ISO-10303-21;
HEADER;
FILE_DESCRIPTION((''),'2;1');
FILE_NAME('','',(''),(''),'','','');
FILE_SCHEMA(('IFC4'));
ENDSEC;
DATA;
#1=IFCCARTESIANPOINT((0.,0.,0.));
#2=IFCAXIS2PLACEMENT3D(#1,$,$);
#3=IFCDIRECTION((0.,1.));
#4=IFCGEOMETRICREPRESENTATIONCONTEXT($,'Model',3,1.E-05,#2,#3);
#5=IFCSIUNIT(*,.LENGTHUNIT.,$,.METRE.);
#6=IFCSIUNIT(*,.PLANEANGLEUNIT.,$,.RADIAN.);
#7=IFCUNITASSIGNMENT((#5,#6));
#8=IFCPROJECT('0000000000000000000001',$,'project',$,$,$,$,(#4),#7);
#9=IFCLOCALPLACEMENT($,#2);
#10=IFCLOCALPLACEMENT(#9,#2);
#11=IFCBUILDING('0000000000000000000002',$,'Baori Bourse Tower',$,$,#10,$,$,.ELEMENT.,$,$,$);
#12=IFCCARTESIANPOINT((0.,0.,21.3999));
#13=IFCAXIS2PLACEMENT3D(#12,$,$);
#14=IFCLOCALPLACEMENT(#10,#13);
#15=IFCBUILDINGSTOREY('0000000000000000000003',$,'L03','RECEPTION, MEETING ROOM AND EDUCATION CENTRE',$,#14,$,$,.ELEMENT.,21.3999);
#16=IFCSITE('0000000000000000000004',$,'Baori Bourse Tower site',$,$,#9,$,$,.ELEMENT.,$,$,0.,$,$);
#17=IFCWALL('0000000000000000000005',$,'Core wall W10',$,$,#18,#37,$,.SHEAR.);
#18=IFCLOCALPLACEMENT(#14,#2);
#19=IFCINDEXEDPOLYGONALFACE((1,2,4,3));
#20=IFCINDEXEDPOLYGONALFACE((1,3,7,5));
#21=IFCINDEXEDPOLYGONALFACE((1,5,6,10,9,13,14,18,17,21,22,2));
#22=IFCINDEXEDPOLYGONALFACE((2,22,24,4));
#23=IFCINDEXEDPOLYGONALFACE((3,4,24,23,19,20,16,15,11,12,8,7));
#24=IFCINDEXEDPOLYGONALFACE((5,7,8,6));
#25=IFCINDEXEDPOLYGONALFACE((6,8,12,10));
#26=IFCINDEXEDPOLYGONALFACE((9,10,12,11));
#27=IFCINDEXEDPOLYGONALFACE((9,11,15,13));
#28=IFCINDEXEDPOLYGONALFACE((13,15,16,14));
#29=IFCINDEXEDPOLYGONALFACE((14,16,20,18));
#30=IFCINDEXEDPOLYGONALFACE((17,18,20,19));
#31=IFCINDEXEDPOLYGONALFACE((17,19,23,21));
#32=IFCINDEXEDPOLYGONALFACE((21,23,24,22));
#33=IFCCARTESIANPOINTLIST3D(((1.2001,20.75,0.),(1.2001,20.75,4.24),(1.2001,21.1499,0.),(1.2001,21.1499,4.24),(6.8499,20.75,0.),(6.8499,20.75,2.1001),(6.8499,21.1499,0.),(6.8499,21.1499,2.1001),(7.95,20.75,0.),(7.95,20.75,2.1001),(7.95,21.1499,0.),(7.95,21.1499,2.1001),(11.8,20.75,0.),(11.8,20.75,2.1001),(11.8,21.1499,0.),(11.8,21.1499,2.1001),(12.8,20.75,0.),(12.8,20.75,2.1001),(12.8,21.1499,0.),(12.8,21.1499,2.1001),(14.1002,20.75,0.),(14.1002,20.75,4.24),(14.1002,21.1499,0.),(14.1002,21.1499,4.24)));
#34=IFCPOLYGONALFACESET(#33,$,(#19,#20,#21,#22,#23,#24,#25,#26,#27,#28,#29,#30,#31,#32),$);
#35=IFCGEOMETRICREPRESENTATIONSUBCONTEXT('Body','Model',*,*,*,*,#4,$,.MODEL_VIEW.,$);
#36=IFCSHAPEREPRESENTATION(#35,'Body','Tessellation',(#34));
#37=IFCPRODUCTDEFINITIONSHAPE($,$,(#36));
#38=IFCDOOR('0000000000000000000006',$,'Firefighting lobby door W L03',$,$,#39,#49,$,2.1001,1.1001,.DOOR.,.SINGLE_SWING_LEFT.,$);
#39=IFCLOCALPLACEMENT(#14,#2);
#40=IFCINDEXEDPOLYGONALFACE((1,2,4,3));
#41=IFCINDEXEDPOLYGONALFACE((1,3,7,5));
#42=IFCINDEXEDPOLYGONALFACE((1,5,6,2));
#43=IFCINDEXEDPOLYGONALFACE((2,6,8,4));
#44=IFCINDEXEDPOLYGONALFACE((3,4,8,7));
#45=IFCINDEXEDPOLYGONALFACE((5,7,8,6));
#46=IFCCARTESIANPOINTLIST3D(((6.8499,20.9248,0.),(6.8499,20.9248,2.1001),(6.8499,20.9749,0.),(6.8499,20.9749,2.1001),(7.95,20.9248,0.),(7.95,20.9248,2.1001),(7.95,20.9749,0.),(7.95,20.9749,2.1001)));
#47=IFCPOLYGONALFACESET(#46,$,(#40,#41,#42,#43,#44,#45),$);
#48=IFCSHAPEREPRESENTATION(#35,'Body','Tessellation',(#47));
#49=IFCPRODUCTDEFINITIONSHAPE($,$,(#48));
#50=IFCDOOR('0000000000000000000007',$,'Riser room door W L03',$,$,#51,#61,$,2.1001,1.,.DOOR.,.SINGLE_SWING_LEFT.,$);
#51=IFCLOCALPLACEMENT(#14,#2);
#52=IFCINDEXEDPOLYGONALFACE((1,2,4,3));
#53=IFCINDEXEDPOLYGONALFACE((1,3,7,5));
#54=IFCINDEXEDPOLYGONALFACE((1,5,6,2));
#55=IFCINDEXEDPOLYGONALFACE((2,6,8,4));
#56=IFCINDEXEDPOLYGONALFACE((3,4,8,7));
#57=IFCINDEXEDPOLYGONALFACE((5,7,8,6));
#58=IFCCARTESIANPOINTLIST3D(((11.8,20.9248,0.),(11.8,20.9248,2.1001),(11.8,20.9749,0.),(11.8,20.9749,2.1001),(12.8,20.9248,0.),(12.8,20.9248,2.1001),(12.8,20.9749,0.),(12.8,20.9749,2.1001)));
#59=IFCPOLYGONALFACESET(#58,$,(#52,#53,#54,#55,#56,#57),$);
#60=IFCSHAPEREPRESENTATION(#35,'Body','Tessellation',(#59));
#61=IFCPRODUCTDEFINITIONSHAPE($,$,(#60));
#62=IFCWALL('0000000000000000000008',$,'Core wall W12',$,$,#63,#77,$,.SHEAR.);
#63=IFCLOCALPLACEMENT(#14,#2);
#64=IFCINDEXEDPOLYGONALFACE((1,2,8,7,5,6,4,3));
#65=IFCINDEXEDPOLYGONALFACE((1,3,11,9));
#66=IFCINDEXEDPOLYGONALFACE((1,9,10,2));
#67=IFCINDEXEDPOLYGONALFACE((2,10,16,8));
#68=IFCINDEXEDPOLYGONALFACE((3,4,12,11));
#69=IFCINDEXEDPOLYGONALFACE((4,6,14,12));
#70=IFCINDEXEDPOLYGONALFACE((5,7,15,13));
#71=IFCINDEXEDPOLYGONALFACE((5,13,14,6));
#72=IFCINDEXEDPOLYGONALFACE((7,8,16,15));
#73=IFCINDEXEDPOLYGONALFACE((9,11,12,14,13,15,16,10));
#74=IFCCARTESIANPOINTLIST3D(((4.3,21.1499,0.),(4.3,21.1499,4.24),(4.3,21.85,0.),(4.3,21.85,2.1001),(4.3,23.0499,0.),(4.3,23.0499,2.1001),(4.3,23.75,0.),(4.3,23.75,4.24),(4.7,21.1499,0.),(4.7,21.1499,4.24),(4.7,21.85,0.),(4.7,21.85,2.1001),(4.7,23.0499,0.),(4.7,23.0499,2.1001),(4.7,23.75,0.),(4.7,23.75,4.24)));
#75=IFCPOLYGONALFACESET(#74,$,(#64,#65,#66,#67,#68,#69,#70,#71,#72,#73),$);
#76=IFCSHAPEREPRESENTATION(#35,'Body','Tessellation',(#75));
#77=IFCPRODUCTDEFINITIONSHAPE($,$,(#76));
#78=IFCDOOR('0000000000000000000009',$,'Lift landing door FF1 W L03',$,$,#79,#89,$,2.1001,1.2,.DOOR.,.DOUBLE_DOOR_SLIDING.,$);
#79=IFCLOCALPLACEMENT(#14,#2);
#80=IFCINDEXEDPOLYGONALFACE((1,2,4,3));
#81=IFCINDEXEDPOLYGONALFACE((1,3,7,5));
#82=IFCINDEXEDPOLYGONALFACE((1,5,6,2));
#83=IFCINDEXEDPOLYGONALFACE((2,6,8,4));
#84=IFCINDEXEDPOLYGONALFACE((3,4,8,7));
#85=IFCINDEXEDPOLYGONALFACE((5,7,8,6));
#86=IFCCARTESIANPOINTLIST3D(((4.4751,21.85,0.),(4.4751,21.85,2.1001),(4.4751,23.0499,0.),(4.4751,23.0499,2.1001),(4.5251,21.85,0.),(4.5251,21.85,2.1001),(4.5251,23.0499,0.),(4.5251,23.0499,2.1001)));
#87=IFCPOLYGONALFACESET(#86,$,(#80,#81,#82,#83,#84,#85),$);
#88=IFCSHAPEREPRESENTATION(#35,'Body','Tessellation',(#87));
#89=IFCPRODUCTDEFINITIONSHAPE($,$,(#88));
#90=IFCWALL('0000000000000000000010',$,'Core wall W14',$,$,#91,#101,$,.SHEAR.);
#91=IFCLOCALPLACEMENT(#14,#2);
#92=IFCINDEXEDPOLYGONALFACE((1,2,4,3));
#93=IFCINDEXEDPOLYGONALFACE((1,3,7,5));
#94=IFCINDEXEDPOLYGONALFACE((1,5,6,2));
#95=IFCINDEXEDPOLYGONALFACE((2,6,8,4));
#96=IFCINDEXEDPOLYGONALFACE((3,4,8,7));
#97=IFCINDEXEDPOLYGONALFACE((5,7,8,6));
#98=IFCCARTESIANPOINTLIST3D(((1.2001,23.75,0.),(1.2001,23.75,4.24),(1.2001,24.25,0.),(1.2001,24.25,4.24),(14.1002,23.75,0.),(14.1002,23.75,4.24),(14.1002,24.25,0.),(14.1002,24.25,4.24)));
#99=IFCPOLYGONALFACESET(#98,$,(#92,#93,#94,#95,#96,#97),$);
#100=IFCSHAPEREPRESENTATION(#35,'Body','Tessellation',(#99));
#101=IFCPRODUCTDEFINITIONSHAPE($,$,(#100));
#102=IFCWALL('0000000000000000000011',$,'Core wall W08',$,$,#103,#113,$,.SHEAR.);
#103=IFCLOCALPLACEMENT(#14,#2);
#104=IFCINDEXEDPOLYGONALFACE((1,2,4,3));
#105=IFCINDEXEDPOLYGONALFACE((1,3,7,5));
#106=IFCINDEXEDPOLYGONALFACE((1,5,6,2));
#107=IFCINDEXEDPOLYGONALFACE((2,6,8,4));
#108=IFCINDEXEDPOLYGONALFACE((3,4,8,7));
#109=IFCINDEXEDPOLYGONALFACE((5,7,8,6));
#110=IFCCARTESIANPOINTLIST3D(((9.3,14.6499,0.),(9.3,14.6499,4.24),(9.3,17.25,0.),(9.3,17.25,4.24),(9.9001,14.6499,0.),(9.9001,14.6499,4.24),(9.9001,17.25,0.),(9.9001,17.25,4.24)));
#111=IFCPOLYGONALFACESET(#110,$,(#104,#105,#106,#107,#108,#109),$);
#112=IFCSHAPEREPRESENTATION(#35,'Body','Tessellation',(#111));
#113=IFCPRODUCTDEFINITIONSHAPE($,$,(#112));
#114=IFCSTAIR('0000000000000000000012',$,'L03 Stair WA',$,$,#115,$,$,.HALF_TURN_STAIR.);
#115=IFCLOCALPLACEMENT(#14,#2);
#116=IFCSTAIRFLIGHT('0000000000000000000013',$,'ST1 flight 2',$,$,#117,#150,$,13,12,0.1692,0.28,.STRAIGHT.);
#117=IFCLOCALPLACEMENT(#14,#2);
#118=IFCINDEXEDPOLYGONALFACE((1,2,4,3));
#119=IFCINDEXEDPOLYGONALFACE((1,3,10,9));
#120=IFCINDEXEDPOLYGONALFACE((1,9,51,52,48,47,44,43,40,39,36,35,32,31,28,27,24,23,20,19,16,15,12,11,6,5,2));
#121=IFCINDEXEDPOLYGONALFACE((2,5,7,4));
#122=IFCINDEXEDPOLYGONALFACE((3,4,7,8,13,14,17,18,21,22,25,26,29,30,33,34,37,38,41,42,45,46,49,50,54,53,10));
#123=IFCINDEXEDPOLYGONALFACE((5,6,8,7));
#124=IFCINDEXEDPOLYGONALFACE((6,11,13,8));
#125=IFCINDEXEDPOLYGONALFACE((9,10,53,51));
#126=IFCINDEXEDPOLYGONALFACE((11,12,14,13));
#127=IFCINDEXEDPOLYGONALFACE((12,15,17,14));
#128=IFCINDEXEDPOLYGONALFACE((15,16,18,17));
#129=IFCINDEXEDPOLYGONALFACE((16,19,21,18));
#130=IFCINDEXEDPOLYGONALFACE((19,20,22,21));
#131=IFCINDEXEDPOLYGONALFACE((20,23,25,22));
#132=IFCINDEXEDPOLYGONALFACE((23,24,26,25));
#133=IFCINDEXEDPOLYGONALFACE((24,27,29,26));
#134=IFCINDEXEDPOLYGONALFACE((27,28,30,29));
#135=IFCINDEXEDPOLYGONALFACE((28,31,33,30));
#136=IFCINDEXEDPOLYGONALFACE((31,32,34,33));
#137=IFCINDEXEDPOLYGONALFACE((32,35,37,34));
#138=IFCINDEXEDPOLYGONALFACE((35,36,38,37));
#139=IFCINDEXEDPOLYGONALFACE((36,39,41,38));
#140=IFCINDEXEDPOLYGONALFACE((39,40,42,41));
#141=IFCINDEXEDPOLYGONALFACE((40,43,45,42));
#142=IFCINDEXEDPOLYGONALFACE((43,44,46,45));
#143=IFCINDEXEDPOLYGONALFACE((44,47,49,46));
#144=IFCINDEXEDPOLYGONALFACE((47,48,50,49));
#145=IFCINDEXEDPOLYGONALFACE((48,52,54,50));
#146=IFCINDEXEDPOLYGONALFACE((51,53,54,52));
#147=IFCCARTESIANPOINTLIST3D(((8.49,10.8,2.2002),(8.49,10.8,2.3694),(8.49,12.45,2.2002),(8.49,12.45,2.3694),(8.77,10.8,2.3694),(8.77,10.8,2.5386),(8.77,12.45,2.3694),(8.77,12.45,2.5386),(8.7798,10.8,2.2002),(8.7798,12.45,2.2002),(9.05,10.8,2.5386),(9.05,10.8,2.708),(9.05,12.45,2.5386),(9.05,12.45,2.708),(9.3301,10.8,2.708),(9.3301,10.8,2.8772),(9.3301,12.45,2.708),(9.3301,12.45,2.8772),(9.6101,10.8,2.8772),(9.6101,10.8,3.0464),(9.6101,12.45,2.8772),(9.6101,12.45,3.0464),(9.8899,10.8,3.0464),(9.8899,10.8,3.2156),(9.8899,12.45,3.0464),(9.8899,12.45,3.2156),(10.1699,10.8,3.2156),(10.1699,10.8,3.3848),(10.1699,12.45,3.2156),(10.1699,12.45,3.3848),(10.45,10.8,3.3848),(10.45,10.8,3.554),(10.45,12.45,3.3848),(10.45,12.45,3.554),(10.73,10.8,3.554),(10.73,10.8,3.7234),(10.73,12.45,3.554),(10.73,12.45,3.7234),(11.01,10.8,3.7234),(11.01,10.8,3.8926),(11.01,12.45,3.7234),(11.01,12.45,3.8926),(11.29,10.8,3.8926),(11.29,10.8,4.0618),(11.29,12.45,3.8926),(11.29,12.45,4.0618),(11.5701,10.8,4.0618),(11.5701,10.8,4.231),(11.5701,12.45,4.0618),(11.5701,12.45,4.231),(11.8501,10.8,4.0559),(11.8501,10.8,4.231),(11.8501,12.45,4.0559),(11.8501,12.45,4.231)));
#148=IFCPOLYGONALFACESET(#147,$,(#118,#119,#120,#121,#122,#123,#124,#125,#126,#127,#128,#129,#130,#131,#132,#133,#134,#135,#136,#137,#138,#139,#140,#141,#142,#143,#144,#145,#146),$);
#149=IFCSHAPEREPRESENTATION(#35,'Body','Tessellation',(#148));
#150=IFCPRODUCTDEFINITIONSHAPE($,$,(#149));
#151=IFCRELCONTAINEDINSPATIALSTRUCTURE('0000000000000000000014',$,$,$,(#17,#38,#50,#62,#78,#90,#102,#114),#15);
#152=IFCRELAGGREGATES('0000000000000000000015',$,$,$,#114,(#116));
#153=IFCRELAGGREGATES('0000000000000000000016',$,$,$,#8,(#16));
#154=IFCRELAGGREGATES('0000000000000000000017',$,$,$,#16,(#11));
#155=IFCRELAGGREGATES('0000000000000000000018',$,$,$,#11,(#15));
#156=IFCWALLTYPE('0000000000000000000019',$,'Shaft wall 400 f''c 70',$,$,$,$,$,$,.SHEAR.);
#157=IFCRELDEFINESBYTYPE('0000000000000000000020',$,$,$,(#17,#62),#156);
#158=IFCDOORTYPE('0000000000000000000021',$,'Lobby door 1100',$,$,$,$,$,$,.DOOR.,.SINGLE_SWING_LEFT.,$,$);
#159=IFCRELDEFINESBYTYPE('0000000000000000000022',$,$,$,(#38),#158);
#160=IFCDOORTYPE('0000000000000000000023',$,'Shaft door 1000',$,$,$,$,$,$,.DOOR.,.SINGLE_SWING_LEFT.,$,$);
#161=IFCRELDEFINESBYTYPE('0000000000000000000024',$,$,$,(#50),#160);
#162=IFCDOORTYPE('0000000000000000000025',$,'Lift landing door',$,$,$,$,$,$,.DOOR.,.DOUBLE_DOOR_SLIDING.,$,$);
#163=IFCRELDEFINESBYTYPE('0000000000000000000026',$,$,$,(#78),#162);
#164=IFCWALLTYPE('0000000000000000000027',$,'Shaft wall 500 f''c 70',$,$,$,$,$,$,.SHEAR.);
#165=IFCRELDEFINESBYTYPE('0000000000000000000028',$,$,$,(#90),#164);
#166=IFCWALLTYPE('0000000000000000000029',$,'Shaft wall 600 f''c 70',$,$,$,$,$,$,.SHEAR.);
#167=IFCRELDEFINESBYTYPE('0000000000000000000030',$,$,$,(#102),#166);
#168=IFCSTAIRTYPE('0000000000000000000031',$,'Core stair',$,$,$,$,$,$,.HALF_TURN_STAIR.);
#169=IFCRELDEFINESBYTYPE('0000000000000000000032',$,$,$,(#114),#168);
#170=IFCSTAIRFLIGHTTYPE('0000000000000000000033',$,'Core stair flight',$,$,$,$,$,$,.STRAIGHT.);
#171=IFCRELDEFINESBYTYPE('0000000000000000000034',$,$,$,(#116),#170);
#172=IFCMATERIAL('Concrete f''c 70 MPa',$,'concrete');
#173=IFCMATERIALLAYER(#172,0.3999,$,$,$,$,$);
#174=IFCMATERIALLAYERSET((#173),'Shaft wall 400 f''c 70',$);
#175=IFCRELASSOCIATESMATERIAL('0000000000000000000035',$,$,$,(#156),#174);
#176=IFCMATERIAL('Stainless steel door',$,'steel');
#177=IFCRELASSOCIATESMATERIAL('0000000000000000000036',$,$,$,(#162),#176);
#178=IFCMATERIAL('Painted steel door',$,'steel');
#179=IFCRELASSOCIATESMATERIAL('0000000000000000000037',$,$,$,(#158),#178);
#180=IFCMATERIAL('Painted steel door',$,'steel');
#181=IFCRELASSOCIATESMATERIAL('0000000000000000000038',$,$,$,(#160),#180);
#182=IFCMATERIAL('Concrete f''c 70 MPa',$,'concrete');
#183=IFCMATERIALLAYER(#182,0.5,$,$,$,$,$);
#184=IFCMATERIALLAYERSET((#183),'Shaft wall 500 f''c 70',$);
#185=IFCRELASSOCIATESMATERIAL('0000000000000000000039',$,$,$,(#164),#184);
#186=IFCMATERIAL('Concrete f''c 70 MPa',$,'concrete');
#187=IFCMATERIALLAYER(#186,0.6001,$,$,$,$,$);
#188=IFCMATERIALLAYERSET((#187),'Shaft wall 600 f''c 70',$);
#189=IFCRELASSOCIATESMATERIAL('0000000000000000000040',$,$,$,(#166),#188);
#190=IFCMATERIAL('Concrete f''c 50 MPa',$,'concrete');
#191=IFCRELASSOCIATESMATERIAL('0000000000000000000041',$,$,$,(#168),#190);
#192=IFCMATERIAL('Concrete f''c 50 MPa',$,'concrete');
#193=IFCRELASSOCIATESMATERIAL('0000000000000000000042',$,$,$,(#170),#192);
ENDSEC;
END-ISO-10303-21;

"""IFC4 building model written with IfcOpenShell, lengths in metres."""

from ifc_helpers import new_model, si_unit, direction, frame, frame_2d, origin, place, context, subcontext, project, spatial, polyline, rectangle, outline, extrude, material, layer, layer_set, type_object, element, fill, aggregate, save


model = new_model("IFC4")

# Units and contexts
model_context = context("Model", 3, precision=1e-05, world=origin(), true_north=direction((0.0, 1.0)))
body_context = subcontext(model_context, "Body", "Model", "MODEL_VIEW")
ifc_project = project(units=[si_unit("LENGTHUNIT", "METRE"), si_unit("PLANEANGLEUNIT", "RADIAN")], contexts=[model_context])

# Site, building, storey
site_placement = place(None, origin())
site = spatial("IfcSite", under=ifc_project, at=site_placement, Name="Baori Bourse Tower site", CompositionType="ELEMENT", RefElevation=0.0)
building_placement = place(site_placement, origin())
building = spatial("IfcBuilding", under=site, at=building_placement, Name="Baori Bourse Tower", CompositionType="ELEMENT")
storey_placement = place(building_placement, frame((0.0, 0.0, 21.3999)))
storey = spatial("IfcBuildingStorey", under=building, at=storey_placement, Name="L03", Description="RECEPTION, MEETING ROOM AND EDUCATION CENTRE", CompositionType="ELEMENT", Elevation=21.3999)

# Shared definitions
ifc_material_1 = material(Name="Concrete f'c 70 MPa", Category="concrete")
ifc_layer_1 = layer(ifc_material_1, 0.3999)
ifc_layer_set_1 = layer_set([ifc_layer_1], Name="Shaft wall 400 f'c 70")
wall_type_1 = type_object("IfcWallType", Name="Shaft wall 400 f'c 70", PredefinedType="SHEAR", material=ifc_layer_set_1)

# Wall, openings, doors
ifc_material_2 = material(Name="Stainless steel door", Category="steel")
door_type_1 = type_object("IfcDoorType", Name="Lift landing door", OperationType="DOUBLE_DOOR_SLIDING", PredefinedType="DOOR", material=ifc_material_2)
wall_1_placement = place(storey_placement, frame((1.2, 20.95, 0.0), z_axis=(0.0, 0.0, 1.0), x_axis=(1.0, 0.0, 0.0)))
wall_1 = element("IfcWall", 1, at=wall_1_placement, inside=storey, type_object=wall_type_1, Name="Core wall W10", PredefinedType="SHEAR", context=body_context, shape_type="SweptSolid", body=[
    extrude(rectangle(XDim=12.9001, YDim=0.3999, at=frame_2d((6.4502, 0.0))), origin(), (0.0, 0.0, 1.0), 4.24),
])
opening_1_placement = place(wall_1_placement, frame((5.6499, 0.0, 0.0)))
opening_1 = element("IfcOpeningElement", 2, at=opening_1_placement, cuts=wall_1, PredefinedType="OPENING", context=body_context, shape_type="SweptSolid", body=[
    extrude(rectangle(XDim=1.1001, YDim=2.1001, at=frame_2d((0.55, 1.05))), frame((0.0, 0.21, 0.0), z_axis=(0.0, -1.0, 0.0), x_axis=(1.0, 0.0, 0.0)), (0.0, 0.0, 1.0), 0.4199),
])
opening_2_placement = place(wall_1_placement, frame((10.6001, 0.0, 0.0)))
opening_2 = element("IfcOpeningElement", 3, at=opening_2_placement, cuts=wall_1, PredefinedType="OPENING", context=body_context, shape_type="SweptSolid", body=[
    extrude(rectangle(XDim=1.0, YDim=2.1001, at=frame_2d((0.5, 1.05))), frame((0.0, 0.21, 0.0), z_axis=(0.0, -1.0, 0.0), x_axis=(1.0, 0.0, 0.0)), (0.0, 0.0, 1.0), 0.4199),
])
ifc_material_3 = material(Name="Painted steel door", Category="steel")
door_type_2 = type_object("IfcDoorType", Name="Lobby door 1100", OperationType="SINGLE_SWING_LEFT", PredefinedType="DOOR", material=ifc_material_3)
door_1_placement = place(opening_1_placement, origin())
door_1 = element("IfcDoor", 4, at=door_1_placement, inside=storey, type_object=door_type_2, Name="Firefighting lobby door W L03", OperationType="SINGLE_SWING_LEFT", OverallHeight=2.1001, OverallWidth=1.1001, PredefinedType="DOOR", context=body_context, shape_type="SweptSolid", body=[
    extrude(rectangle(XDim=1.1001, YDim=2.1001, at=frame_2d((0.55, 1.05))), frame((0.0, 0.0249, 0.0), z_axis=(0.0, -1.0, 0.0), x_axis=(1.0, 0.0, 0.0)), (0.0, 0.0, 1.0), 0.05),
])
fill(opening_1, door_1)
ifc_material_4 = material(Name="Painted steel door", Category="steel")
door_type_3 = type_object("IfcDoorType", Name="Shaft door 1000", OperationType="SINGLE_SWING_LEFT", PredefinedType="DOOR", material=ifc_material_4)
door_2_placement = place(opening_2_placement, origin())
door_2 = element("IfcDoor", 5, at=door_2_placement, inside=storey, type_object=door_type_3, Name="Riser room door W L03", OperationType="SINGLE_SWING_LEFT", OverallHeight=2.1001, OverallWidth=1.0, PredefinedType="DOOR", context=body_context, shape_type="SweptSolid", body=[
    extrude(rectangle(XDim=1.0, YDim=2.1001, at=frame_2d((0.5, 1.05))), frame((0.0, 0.0249, 0.0), z_axis=(0.0, -1.0, 0.0), x_axis=(1.0, 0.0, 0.0)), (0.0, 0.0, 1.0), 0.05),
])
fill(opening_2, door_2)

# Wall, opening, door
wall_2_placement = place(storey_placement, frame((4.5, 21.1499, 0.0), z_axis=(0.0, 0.0, 1.0), x_axis=(0.0, 1.0, 0.0)))
wall_2 = element("IfcWall", 6, at=wall_2_placement, inside=storey, type_object=wall_type_1, Name="Core wall W12", PredefinedType="SHEAR", context=body_context, shape_type="SweptSolid", body=[
    extrude(rectangle(XDim=2.6001, YDim=0.3999, at=frame_2d((1.3, 0.0))), origin(), (0.0, 0.0, 1.0), 4.24),
])
opening_3_placement = place(wall_2_placement, frame((0.7, 0.0, 0.0)))
opening_3 = element("IfcOpeningElement", 7, at=opening_3_placement, cuts=wall_2, PredefinedType="OPENING", context=body_context, shape_type="SweptSolid", body=[
    extrude(rectangle(XDim=1.2, YDim=2.1001, at=frame_2d((0.6001, 1.05))), frame((0.0, 0.21, 0.0), z_axis=(0.0, -1.0, 0.0), x_axis=(1.0, 0.0, 0.0)), (0.0, 0.0, 1.0), 0.4199),
])
door_3_placement = place(opening_3_placement, origin())
door_3 = element("IfcDoor", 8, at=door_3_placement, inside=storey, type_object=door_type_1, Name="Lift landing door FF1 W L03", OperationType="DOUBLE_DOOR_SLIDING", OverallHeight=2.1001, OverallWidth=1.2, PredefinedType="DOOR", context=body_context, shape_type="SweptSolid", body=[
    extrude(rectangle(XDim=1.2, YDim=2.1001, at=frame_2d((0.6001, 1.05))), frame((0.0, 0.0249, 0.0), z_axis=(0.0, -1.0, 0.0), x_axis=(1.0, 0.0, 0.0)), (0.0, 0.0, 1.0), 0.05),
])
fill(opening_3, door_3)

# Walls
ifc_material_5 = material(Name="Concrete f'c 70 MPa", Category="concrete")
ifc_layer_2 = layer(ifc_material_5, 0.5)
ifc_layer_set_2 = layer_set([ifc_layer_2], Name="Shaft wall 500 f'c 70")
wall_type_2 = type_object("IfcWallType", Name="Shaft wall 500 f'c 70", PredefinedType="SHEAR", material=ifc_layer_set_2)
wall_3_placement = place(storey_placement, frame((1.2, 24.0, 0.0), z_axis=(0.0, 0.0, 1.0), x_axis=(1.0, 0.0, 0.0)))
element("IfcWall", 9, at=wall_3_placement, inside=storey, type_object=wall_type_2, Name="Core wall W14", PredefinedType="SHEAR", context=body_context, shape_type="SweptSolid", body=[
    extrude(rectangle(XDim=12.9001, YDim=0.5, at=frame_2d((6.4502, 0.0))), origin(), (0.0, 0.0, 1.0), 4.24),
])
ifc_material_6 = material(Name="Concrete f'c 70 MPa", Category="concrete")
ifc_layer_3 = layer(ifc_material_6, 0.6001)
ifc_layer_set_3 = layer_set([ifc_layer_3], Name="Shaft wall 600 f'c 70")
wall_type_3 = type_object("IfcWallType", Name="Shaft wall 600 f'c 70", PredefinedType="SHEAR", material=ifc_layer_set_3)
wall_4_placement = place(storey_placement, frame((9.6001, 14.6499, 0.0), z_axis=(0.0, 0.0, 1.0), x_axis=(0.0, 1.0, 0.0)))
element("IfcWall", 10, at=wall_4_placement, inside=storey, type_object=wall_type_3, Name="Core wall W08", PredefinedType="SHEAR", context=body_context, shape_type="SweptSolid", body=[
    extrude(rectangle(XDim=2.6001, YDim=0.6001, at=frame_2d((1.3, 0.0))), origin(), (0.0, 0.0, 1.0), 4.24),
])

# Stair, stair flight
ifc_material_7 = material(Name="Concrete f'c 50 MPa", Category="concrete")
stair_type = type_object("IfcStairType", Name="Core stair", PredefinedType="HALF_TURN_STAIR", material=ifc_material_7)
stair_placement = place(storey_placement, origin())
stair = element("IfcStair", 11, at=stair_placement, inside=storey, type_object=stair_type, Name="L03 Stair WA", PredefinedType="HALF_TURN_STAIR")
ifc_material_8 = material(Name="Concrete f'c 50 MPa", Category="concrete")
stair_flight_type = type_object("IfcStairFlightType", Name="Core stair flight", PredefinedType="STRAIGHT", material=ifc_material_8)
stair_flight_placement = place(storey_placement, frame((8.49, 11.625, 2.2002), z_axis=(0.0, 0.0, 1.0), x_axis=(1.0, 0.0, 0.0)))
stair_flight = element("IfcStairFlight", 12, at=stair_flight_placement, type_object=stair_flight_type, Name="ST1 flight 2", NumberOfRisers=13, NumberOfTreads=12, PredefinedType="STRAIGHT", RiserHeight=0.1692, TreadLength=0.28, context=body_context, shape_type="SweptSolid", body=[
    extrude(outline(polyline([(0.0, 0.0), (0.0, 0.1692), (0.28, 0.1692), (0.28, 0.3384), (0.5601, 0.3384), (0.5601, 0.5078), (0.8401, 0.5078), (0.8401, 0.677), (1.1201, 0.677), (1.1201, 0.8462), (1.3999, 0.8462), (1.3999, 1.0154), (1.6799, 1.0154), (1.6799, 1.1846), (1.96, 1.1846), (1.96, 1.3538), (2.24, 1.3538), (2.24, 1.5232), (2.52, 1.5232), (2.52, 1.6924), (2.8, 1.6924), (2.8, 1.8616), (3.0801, 1.8616), (3.0801, 2.0308), (3.3601, 2.0308), (3.3601, 2.2), (3.3601, 1.8557), (0.2898, 0.0), (0.0, 0.0)])), frame((0.0, 0.825, 0.0), z_axis=(0.0, -1.0, 0.0), x_axis=(1.0, 0.0, 0.0)), (0.0, 0.0, 1.0), 1.6499),
])
aggregate(stair, [stair_flight])

save(model, "model.ifc")
